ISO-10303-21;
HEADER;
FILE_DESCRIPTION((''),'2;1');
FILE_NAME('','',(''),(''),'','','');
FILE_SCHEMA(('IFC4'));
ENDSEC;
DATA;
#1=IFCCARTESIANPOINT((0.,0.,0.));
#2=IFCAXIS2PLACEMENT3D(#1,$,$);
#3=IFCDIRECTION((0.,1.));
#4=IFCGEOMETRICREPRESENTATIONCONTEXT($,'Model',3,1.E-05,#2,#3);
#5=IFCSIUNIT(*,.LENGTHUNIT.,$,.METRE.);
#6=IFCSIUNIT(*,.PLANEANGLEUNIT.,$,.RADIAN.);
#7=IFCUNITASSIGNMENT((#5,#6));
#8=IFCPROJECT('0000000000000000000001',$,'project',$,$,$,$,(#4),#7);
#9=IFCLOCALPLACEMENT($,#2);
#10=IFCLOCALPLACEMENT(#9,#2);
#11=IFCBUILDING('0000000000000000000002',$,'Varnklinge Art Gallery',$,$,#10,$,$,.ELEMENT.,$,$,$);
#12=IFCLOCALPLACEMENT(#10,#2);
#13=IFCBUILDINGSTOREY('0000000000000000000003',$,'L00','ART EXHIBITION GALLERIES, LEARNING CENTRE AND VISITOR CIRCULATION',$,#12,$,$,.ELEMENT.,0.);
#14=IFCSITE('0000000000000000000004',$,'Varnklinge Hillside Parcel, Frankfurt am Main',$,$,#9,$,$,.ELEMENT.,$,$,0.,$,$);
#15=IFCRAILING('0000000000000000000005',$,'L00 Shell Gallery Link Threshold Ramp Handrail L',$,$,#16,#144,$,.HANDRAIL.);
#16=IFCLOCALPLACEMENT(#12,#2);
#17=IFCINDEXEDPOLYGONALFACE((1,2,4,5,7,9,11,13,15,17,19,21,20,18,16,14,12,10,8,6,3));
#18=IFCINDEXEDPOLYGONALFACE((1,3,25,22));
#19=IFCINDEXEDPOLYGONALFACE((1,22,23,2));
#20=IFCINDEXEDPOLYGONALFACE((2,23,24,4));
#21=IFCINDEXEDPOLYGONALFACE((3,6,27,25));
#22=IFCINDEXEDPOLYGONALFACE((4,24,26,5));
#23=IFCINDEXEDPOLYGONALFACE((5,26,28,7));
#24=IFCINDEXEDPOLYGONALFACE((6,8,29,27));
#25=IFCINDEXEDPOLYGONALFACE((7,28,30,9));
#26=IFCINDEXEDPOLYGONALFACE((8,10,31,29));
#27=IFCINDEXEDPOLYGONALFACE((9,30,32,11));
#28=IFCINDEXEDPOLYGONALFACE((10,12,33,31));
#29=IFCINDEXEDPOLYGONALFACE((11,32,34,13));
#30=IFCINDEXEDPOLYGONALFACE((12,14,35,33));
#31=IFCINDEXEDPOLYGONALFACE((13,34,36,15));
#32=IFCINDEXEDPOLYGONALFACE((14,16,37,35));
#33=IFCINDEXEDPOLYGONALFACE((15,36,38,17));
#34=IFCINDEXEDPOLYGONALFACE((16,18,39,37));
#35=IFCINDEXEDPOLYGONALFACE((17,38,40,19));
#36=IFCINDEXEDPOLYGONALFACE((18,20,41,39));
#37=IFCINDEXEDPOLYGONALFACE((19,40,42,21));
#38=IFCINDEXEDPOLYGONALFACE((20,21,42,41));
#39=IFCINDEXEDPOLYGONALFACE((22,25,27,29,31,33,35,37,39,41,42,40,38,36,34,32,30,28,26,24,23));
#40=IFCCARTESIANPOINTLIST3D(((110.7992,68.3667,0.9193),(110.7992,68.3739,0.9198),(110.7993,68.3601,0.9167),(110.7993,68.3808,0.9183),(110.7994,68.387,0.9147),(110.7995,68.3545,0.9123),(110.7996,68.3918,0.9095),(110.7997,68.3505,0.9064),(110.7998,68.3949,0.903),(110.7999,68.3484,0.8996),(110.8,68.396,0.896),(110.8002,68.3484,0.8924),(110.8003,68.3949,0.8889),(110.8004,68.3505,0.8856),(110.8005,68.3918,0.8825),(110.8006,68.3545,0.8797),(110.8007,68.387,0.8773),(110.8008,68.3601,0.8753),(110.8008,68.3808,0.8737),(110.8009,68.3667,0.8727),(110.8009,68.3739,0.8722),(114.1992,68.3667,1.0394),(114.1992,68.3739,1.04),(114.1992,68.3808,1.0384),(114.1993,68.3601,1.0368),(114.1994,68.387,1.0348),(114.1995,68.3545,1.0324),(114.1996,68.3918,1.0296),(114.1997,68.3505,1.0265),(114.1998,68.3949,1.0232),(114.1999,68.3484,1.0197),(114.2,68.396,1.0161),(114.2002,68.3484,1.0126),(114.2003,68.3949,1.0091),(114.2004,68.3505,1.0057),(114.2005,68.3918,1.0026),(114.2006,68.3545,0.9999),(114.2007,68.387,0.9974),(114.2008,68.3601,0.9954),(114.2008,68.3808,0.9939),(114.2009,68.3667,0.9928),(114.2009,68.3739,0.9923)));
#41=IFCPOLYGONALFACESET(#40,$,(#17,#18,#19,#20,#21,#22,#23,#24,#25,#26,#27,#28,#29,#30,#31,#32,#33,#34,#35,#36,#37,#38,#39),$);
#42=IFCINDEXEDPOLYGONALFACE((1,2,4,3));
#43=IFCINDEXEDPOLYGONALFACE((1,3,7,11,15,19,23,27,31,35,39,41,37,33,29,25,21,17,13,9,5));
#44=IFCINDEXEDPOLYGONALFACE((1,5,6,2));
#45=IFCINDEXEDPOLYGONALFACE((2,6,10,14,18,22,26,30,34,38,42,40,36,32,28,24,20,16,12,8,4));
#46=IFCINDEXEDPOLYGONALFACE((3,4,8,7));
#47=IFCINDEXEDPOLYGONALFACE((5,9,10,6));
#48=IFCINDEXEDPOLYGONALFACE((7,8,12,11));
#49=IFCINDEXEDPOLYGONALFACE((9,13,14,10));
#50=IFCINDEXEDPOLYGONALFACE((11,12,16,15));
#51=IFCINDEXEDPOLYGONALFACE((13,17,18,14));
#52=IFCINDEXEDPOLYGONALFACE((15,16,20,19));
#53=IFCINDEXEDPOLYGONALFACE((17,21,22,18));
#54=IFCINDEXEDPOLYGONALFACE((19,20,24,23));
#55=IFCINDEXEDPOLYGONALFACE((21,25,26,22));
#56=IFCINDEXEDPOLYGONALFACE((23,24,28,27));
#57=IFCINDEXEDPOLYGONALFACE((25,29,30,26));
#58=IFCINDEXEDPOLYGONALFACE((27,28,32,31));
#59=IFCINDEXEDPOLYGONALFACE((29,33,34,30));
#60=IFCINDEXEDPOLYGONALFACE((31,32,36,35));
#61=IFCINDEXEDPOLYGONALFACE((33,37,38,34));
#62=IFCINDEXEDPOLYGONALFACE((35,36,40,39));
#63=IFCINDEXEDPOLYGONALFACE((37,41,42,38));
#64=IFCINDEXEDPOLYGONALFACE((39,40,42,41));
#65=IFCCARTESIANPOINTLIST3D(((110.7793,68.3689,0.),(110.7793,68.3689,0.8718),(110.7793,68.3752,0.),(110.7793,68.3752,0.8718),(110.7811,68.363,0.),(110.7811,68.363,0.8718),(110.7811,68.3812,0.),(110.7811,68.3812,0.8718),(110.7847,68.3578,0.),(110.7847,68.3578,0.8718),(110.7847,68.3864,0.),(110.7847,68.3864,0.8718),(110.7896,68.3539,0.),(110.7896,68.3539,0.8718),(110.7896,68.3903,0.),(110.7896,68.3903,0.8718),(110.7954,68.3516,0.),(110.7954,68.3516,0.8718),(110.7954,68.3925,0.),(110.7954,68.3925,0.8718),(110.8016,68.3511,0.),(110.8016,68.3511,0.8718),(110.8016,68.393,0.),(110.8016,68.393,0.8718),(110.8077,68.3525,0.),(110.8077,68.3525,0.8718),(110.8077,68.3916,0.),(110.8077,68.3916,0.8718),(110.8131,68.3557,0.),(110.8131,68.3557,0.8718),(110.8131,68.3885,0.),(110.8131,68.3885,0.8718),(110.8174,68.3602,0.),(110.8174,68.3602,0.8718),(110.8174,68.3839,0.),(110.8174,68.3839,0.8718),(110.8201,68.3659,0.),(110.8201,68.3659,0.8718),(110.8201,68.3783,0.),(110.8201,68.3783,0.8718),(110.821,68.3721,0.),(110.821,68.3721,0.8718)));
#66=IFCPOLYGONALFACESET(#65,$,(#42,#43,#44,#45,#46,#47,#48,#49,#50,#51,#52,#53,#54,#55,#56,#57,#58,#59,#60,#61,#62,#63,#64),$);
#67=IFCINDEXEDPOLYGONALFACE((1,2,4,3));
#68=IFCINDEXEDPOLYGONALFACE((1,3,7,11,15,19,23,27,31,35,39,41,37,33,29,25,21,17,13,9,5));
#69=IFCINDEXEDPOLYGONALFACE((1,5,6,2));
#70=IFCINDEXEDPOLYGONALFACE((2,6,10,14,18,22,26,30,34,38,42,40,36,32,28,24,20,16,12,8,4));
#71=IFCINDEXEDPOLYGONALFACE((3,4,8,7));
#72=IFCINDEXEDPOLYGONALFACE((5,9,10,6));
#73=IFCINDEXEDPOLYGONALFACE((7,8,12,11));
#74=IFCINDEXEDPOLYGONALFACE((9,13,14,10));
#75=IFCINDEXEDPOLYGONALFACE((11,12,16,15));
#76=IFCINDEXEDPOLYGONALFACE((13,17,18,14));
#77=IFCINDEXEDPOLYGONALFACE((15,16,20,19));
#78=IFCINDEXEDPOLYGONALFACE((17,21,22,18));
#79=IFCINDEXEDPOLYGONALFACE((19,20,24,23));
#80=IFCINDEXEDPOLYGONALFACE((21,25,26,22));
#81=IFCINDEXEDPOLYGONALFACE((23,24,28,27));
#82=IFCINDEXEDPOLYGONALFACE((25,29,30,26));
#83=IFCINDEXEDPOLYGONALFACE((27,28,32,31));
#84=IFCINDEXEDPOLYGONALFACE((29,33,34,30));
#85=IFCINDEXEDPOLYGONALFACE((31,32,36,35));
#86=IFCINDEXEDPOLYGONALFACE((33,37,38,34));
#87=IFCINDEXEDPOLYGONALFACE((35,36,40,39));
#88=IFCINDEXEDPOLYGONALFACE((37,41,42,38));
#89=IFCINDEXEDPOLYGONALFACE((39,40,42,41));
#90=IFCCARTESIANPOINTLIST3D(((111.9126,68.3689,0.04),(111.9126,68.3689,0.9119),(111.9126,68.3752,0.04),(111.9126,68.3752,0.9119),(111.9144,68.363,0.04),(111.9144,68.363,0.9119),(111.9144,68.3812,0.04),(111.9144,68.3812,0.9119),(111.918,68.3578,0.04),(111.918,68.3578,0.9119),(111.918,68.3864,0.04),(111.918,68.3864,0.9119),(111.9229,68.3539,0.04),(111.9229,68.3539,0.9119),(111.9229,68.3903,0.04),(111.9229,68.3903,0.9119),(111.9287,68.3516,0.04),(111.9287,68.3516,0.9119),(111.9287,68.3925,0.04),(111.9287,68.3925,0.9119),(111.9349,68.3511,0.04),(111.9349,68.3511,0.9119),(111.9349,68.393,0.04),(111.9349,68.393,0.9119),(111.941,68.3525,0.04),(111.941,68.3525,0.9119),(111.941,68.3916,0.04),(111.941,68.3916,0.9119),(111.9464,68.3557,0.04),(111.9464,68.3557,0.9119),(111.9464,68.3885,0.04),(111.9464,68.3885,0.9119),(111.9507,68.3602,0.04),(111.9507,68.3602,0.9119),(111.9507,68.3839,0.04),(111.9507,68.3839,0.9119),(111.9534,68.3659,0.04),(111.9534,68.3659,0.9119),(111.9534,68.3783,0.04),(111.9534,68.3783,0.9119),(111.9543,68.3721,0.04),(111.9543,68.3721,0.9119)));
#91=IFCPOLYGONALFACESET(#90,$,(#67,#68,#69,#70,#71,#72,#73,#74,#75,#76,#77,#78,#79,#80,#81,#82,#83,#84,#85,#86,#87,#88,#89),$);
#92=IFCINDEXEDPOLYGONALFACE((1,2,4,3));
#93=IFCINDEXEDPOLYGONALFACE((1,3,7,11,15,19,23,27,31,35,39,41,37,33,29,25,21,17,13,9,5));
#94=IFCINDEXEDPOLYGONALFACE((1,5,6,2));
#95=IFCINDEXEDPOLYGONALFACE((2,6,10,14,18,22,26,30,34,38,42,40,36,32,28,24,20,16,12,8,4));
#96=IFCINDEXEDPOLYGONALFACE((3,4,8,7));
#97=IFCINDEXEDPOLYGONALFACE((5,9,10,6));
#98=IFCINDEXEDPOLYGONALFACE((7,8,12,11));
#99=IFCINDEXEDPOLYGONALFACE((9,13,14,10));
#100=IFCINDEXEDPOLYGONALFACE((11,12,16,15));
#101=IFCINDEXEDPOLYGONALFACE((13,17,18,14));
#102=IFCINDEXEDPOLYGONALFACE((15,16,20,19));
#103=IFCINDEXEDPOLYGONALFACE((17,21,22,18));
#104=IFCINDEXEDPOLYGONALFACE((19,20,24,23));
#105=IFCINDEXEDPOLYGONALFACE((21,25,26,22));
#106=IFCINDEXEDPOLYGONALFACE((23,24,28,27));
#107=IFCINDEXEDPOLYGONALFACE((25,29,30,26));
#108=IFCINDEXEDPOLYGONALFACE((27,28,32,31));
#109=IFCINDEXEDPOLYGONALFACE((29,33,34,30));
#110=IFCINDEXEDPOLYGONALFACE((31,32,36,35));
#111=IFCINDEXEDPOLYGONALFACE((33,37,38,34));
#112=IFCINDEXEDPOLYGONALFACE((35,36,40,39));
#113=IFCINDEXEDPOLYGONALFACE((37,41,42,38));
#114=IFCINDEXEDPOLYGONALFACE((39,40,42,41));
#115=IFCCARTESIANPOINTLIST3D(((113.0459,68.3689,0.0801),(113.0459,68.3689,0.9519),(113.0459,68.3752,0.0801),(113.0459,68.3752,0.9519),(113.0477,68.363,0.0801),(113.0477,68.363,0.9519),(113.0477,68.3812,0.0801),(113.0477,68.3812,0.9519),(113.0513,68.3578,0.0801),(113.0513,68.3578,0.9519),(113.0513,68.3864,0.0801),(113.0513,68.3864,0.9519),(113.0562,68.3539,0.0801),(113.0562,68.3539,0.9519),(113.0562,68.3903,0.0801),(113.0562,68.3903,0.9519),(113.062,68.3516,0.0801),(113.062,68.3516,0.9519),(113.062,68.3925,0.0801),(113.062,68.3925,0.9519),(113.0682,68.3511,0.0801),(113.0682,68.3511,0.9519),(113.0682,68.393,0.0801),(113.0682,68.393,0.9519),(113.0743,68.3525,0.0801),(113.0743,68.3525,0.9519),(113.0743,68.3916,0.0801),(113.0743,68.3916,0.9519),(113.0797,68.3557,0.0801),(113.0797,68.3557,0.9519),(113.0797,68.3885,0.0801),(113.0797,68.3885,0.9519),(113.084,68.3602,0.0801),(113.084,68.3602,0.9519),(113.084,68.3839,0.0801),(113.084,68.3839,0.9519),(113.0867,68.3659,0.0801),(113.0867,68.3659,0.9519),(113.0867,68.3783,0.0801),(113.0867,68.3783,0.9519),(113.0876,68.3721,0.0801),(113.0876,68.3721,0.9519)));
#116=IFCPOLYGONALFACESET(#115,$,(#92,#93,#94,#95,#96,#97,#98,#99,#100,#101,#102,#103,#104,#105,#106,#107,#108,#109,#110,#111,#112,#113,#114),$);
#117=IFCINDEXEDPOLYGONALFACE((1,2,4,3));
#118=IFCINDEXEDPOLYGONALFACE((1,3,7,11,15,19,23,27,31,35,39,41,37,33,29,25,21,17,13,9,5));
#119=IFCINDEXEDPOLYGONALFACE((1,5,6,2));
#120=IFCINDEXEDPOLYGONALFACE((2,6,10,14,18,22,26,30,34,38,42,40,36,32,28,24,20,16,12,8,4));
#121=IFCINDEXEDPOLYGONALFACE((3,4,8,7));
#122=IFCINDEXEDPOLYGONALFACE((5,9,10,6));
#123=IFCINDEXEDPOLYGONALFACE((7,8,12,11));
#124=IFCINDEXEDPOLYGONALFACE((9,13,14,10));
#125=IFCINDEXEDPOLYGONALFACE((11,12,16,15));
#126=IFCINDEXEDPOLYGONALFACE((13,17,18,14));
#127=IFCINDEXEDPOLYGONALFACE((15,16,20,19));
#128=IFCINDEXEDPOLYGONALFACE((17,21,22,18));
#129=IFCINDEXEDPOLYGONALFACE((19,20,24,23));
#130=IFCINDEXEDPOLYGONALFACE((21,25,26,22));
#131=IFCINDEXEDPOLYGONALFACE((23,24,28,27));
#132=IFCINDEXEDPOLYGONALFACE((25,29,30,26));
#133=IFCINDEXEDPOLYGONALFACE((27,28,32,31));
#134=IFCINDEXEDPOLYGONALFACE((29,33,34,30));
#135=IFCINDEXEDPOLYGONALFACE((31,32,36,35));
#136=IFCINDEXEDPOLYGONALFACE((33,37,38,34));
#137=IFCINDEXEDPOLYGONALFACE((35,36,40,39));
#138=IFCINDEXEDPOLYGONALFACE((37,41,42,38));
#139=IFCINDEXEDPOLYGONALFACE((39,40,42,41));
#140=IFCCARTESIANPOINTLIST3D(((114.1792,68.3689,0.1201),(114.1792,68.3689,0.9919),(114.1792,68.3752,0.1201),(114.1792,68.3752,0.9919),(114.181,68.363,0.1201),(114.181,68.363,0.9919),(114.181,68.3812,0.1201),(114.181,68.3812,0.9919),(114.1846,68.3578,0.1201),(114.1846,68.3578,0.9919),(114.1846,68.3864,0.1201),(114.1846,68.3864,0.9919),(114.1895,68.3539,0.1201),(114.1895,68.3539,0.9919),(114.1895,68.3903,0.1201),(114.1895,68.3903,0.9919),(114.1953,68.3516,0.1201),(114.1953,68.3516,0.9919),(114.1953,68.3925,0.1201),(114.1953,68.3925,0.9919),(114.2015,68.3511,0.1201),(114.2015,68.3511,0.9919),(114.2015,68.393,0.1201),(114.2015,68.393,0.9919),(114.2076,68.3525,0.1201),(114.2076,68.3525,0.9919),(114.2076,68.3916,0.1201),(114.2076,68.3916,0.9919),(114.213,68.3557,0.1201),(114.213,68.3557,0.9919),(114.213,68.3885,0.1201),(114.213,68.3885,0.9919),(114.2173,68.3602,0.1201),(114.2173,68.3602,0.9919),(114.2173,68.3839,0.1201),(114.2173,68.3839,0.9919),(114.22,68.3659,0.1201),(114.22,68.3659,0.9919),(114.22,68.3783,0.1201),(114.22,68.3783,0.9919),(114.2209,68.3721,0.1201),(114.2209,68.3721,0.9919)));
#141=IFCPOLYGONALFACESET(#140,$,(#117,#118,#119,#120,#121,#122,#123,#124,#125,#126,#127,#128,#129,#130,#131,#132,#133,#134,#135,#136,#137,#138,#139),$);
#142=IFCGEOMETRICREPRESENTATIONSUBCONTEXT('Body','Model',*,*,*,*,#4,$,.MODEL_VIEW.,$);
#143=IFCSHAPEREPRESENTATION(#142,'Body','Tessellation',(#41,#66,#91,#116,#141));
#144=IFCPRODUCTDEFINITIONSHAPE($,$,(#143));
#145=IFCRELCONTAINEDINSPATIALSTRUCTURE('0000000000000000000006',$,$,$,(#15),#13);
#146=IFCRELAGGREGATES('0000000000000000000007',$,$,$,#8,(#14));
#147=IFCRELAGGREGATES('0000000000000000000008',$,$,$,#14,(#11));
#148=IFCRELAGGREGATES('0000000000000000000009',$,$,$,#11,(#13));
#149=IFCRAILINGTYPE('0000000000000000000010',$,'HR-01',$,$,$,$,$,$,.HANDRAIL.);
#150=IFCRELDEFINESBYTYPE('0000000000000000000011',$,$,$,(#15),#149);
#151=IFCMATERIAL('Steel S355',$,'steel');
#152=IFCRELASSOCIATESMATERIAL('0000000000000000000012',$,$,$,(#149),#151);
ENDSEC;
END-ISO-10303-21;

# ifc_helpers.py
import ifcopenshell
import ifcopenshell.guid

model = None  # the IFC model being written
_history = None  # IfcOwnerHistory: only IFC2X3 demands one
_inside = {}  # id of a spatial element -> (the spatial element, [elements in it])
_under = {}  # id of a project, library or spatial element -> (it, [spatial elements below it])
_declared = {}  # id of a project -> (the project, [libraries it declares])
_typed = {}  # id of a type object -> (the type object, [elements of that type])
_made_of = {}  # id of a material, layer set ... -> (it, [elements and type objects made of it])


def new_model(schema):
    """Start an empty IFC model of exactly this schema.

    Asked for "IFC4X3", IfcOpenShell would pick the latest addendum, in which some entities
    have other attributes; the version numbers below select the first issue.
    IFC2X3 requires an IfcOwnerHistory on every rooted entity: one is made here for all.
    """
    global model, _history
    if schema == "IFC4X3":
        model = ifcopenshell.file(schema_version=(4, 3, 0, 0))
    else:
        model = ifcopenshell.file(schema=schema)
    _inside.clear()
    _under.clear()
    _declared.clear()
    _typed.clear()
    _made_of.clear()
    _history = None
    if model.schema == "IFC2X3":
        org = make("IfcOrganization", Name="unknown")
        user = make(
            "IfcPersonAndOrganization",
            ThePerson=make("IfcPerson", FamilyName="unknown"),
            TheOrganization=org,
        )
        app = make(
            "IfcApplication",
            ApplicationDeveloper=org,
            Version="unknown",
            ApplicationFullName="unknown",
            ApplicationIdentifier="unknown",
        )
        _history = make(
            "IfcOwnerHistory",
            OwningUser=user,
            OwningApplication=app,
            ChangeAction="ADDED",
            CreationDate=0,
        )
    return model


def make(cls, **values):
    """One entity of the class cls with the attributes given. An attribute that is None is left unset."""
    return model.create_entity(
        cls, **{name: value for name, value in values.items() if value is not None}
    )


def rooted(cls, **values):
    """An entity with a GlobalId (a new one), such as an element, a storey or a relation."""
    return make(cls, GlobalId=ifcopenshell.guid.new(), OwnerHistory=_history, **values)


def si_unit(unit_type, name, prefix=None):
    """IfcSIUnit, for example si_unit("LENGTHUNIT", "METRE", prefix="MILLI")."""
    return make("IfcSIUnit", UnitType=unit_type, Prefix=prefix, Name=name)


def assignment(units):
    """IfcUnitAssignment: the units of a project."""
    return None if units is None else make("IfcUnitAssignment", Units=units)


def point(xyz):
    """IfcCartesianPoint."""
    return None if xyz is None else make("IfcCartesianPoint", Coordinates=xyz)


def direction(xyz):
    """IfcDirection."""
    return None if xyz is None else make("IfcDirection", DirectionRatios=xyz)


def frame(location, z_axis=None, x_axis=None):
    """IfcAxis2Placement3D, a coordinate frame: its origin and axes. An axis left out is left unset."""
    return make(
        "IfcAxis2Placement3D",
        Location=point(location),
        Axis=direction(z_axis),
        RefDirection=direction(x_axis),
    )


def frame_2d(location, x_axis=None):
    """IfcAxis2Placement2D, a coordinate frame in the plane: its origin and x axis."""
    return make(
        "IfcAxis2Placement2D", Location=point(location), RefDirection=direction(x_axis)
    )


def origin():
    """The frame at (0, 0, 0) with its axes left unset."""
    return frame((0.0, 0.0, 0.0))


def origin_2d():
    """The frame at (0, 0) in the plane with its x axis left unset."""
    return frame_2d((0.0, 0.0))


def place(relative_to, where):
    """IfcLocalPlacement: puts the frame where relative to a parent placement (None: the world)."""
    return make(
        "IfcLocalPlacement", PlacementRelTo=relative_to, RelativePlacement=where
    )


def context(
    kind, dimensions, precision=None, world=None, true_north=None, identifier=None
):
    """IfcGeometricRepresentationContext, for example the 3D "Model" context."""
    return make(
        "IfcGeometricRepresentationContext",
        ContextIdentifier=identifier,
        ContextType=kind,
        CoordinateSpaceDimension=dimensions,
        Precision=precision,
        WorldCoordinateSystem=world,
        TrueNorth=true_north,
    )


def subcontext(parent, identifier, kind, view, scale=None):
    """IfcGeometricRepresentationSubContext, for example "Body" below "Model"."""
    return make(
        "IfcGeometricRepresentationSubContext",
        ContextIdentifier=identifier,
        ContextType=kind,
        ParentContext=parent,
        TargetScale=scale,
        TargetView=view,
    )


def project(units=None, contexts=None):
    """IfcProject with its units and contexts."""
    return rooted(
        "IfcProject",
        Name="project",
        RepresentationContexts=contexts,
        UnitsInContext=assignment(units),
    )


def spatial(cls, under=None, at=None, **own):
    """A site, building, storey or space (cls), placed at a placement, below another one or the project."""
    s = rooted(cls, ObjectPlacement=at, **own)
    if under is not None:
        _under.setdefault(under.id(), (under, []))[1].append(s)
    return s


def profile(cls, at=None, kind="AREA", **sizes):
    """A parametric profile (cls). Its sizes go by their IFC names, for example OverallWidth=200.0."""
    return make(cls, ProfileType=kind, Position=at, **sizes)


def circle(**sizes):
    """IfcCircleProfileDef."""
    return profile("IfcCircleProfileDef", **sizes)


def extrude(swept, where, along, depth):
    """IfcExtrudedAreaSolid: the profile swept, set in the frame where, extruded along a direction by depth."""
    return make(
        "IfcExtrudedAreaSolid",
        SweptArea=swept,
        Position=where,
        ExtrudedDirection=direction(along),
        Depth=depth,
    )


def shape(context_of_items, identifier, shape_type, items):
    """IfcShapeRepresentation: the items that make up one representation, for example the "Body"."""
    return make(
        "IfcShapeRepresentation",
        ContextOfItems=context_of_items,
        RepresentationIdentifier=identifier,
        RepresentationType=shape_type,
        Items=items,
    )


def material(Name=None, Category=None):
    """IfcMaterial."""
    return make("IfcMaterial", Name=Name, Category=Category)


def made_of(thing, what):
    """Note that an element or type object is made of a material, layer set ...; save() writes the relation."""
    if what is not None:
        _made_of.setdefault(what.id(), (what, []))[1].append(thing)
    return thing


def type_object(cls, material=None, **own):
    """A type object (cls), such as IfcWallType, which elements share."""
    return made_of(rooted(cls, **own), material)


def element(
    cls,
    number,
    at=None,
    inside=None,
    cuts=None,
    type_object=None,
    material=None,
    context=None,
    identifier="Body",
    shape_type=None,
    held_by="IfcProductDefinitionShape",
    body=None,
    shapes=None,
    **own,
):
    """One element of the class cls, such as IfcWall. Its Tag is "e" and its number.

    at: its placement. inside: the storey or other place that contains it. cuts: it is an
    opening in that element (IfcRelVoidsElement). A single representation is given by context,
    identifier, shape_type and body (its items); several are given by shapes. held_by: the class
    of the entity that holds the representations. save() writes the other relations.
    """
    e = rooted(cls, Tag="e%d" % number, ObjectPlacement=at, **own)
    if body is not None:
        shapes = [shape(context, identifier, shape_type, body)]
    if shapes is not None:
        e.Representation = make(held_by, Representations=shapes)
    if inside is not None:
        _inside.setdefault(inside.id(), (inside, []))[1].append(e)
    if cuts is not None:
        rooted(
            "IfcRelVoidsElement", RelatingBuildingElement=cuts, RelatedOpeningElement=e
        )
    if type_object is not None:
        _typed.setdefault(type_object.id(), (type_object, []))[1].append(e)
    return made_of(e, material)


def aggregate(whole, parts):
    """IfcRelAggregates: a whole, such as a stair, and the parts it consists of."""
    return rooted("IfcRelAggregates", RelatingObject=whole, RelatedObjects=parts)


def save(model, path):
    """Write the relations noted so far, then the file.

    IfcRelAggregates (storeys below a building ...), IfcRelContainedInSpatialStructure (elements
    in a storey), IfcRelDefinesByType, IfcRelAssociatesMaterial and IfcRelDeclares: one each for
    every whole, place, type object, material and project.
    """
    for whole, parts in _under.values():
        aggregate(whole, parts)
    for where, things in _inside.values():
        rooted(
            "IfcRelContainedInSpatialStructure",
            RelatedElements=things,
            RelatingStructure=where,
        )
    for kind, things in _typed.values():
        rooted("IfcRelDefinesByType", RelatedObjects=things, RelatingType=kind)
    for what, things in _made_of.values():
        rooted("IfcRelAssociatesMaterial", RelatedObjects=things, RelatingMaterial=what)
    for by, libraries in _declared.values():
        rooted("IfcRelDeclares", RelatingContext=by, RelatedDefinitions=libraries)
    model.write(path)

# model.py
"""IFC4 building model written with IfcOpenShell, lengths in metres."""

from ifc_helpers import new_model, si_unit, direction, frame, origin, origin_2d, place, context, subcontext, project, spatial, circle, extrude, material, type_object, element, save


model = new_model("IFC4")

# Units and contexts
model_context = context("Model", 3, precision=1e-05, world=origin(), true_north=direction((0.0, 1.0)))
body_context = subcontext(model_context, "Body", "Model", "MODEL_VIEW")
ifc_project = project(units=[si_unit("LENGTHUNIT", "METRE"), si_unit("PLANEANGLEUNIT", "RADIAN")], contexts=[model_context])

# Site, building, storey
site_placement = place(None, origin())
site = spatial("IfcSite", under=ifc_project, at=site_placement, Name="Varnklinge Hillside Parcel, Frankfurt am Main", CompositionType="ELEMENT", RefElevation=0.0)
building_placement = place(site_placement, origin())
building = spatial("IfcBuilding", under=site, at=building_placement, Name="Varnklinge Art Gallery", CompositionType="ELEMENT")
storey_placement = place(building_placement, origin())
storey = spatial("IfcBuildingStorey", under=building, at=storey_placement, Name="L00", Description="ART EXHIBITION GALLERIES, LEARNING CENTRE AND VISITOR CIRCULATION", CompositionType="ELEMENT", Elevation=0.0)

# Railing
ifc_material_1 = material(Name="Steel S355", Category="steel")
railing_type = type_object("IfcRailingType", Name="HR-01", PredefinedType="HANDRAIL", material=ifc_material_1)
railing_placement = place(storey_placement, frame((110.8, 68.3721, 0.0)))
element("IfcRailing", 1, at=railing_placement, inside=storey, type_object=railing_type, Name="L00 Shell Gallery Link Threshold Ramp Handrail L", PredefinedType="HANDRAIL", context=body_context, shape_type="SweptSolid", body=[
    extrude(circle(Radius=0.0239, at=origin_2d()), frame((0.0, 0.0, 0.896), z_axis=(0.999376, 0.0, 0.035308), x_axis=(0.0, 1.0, 0.0)), (0.0, 0.0, 1.0), 3.4021),
    extrude(circle(Radius=0.021, at=origin_2d()), origin(), (0.0, 0.0, 1.0), 0.8718),
    extrude(circle(Radius=0.021, at=origin_2d()), frame((1.1333, 0.0, 0.04)), (0.0, 0.0, 1.0), 0.8718),
    extrude(circle(Radius=0.021, at=origin_2d()), frame((2.2666, 0.0, 0.0801)), (0.0, 0.0, 1.0), 0.8718),
    extrude(circle(Radius=0.021, at=origin_2d()), frame((3.3999, 0.0, 0.1201)), (0.0, 0.0, 1.0), 0.8718),
])

save(model, "model.ifc")
